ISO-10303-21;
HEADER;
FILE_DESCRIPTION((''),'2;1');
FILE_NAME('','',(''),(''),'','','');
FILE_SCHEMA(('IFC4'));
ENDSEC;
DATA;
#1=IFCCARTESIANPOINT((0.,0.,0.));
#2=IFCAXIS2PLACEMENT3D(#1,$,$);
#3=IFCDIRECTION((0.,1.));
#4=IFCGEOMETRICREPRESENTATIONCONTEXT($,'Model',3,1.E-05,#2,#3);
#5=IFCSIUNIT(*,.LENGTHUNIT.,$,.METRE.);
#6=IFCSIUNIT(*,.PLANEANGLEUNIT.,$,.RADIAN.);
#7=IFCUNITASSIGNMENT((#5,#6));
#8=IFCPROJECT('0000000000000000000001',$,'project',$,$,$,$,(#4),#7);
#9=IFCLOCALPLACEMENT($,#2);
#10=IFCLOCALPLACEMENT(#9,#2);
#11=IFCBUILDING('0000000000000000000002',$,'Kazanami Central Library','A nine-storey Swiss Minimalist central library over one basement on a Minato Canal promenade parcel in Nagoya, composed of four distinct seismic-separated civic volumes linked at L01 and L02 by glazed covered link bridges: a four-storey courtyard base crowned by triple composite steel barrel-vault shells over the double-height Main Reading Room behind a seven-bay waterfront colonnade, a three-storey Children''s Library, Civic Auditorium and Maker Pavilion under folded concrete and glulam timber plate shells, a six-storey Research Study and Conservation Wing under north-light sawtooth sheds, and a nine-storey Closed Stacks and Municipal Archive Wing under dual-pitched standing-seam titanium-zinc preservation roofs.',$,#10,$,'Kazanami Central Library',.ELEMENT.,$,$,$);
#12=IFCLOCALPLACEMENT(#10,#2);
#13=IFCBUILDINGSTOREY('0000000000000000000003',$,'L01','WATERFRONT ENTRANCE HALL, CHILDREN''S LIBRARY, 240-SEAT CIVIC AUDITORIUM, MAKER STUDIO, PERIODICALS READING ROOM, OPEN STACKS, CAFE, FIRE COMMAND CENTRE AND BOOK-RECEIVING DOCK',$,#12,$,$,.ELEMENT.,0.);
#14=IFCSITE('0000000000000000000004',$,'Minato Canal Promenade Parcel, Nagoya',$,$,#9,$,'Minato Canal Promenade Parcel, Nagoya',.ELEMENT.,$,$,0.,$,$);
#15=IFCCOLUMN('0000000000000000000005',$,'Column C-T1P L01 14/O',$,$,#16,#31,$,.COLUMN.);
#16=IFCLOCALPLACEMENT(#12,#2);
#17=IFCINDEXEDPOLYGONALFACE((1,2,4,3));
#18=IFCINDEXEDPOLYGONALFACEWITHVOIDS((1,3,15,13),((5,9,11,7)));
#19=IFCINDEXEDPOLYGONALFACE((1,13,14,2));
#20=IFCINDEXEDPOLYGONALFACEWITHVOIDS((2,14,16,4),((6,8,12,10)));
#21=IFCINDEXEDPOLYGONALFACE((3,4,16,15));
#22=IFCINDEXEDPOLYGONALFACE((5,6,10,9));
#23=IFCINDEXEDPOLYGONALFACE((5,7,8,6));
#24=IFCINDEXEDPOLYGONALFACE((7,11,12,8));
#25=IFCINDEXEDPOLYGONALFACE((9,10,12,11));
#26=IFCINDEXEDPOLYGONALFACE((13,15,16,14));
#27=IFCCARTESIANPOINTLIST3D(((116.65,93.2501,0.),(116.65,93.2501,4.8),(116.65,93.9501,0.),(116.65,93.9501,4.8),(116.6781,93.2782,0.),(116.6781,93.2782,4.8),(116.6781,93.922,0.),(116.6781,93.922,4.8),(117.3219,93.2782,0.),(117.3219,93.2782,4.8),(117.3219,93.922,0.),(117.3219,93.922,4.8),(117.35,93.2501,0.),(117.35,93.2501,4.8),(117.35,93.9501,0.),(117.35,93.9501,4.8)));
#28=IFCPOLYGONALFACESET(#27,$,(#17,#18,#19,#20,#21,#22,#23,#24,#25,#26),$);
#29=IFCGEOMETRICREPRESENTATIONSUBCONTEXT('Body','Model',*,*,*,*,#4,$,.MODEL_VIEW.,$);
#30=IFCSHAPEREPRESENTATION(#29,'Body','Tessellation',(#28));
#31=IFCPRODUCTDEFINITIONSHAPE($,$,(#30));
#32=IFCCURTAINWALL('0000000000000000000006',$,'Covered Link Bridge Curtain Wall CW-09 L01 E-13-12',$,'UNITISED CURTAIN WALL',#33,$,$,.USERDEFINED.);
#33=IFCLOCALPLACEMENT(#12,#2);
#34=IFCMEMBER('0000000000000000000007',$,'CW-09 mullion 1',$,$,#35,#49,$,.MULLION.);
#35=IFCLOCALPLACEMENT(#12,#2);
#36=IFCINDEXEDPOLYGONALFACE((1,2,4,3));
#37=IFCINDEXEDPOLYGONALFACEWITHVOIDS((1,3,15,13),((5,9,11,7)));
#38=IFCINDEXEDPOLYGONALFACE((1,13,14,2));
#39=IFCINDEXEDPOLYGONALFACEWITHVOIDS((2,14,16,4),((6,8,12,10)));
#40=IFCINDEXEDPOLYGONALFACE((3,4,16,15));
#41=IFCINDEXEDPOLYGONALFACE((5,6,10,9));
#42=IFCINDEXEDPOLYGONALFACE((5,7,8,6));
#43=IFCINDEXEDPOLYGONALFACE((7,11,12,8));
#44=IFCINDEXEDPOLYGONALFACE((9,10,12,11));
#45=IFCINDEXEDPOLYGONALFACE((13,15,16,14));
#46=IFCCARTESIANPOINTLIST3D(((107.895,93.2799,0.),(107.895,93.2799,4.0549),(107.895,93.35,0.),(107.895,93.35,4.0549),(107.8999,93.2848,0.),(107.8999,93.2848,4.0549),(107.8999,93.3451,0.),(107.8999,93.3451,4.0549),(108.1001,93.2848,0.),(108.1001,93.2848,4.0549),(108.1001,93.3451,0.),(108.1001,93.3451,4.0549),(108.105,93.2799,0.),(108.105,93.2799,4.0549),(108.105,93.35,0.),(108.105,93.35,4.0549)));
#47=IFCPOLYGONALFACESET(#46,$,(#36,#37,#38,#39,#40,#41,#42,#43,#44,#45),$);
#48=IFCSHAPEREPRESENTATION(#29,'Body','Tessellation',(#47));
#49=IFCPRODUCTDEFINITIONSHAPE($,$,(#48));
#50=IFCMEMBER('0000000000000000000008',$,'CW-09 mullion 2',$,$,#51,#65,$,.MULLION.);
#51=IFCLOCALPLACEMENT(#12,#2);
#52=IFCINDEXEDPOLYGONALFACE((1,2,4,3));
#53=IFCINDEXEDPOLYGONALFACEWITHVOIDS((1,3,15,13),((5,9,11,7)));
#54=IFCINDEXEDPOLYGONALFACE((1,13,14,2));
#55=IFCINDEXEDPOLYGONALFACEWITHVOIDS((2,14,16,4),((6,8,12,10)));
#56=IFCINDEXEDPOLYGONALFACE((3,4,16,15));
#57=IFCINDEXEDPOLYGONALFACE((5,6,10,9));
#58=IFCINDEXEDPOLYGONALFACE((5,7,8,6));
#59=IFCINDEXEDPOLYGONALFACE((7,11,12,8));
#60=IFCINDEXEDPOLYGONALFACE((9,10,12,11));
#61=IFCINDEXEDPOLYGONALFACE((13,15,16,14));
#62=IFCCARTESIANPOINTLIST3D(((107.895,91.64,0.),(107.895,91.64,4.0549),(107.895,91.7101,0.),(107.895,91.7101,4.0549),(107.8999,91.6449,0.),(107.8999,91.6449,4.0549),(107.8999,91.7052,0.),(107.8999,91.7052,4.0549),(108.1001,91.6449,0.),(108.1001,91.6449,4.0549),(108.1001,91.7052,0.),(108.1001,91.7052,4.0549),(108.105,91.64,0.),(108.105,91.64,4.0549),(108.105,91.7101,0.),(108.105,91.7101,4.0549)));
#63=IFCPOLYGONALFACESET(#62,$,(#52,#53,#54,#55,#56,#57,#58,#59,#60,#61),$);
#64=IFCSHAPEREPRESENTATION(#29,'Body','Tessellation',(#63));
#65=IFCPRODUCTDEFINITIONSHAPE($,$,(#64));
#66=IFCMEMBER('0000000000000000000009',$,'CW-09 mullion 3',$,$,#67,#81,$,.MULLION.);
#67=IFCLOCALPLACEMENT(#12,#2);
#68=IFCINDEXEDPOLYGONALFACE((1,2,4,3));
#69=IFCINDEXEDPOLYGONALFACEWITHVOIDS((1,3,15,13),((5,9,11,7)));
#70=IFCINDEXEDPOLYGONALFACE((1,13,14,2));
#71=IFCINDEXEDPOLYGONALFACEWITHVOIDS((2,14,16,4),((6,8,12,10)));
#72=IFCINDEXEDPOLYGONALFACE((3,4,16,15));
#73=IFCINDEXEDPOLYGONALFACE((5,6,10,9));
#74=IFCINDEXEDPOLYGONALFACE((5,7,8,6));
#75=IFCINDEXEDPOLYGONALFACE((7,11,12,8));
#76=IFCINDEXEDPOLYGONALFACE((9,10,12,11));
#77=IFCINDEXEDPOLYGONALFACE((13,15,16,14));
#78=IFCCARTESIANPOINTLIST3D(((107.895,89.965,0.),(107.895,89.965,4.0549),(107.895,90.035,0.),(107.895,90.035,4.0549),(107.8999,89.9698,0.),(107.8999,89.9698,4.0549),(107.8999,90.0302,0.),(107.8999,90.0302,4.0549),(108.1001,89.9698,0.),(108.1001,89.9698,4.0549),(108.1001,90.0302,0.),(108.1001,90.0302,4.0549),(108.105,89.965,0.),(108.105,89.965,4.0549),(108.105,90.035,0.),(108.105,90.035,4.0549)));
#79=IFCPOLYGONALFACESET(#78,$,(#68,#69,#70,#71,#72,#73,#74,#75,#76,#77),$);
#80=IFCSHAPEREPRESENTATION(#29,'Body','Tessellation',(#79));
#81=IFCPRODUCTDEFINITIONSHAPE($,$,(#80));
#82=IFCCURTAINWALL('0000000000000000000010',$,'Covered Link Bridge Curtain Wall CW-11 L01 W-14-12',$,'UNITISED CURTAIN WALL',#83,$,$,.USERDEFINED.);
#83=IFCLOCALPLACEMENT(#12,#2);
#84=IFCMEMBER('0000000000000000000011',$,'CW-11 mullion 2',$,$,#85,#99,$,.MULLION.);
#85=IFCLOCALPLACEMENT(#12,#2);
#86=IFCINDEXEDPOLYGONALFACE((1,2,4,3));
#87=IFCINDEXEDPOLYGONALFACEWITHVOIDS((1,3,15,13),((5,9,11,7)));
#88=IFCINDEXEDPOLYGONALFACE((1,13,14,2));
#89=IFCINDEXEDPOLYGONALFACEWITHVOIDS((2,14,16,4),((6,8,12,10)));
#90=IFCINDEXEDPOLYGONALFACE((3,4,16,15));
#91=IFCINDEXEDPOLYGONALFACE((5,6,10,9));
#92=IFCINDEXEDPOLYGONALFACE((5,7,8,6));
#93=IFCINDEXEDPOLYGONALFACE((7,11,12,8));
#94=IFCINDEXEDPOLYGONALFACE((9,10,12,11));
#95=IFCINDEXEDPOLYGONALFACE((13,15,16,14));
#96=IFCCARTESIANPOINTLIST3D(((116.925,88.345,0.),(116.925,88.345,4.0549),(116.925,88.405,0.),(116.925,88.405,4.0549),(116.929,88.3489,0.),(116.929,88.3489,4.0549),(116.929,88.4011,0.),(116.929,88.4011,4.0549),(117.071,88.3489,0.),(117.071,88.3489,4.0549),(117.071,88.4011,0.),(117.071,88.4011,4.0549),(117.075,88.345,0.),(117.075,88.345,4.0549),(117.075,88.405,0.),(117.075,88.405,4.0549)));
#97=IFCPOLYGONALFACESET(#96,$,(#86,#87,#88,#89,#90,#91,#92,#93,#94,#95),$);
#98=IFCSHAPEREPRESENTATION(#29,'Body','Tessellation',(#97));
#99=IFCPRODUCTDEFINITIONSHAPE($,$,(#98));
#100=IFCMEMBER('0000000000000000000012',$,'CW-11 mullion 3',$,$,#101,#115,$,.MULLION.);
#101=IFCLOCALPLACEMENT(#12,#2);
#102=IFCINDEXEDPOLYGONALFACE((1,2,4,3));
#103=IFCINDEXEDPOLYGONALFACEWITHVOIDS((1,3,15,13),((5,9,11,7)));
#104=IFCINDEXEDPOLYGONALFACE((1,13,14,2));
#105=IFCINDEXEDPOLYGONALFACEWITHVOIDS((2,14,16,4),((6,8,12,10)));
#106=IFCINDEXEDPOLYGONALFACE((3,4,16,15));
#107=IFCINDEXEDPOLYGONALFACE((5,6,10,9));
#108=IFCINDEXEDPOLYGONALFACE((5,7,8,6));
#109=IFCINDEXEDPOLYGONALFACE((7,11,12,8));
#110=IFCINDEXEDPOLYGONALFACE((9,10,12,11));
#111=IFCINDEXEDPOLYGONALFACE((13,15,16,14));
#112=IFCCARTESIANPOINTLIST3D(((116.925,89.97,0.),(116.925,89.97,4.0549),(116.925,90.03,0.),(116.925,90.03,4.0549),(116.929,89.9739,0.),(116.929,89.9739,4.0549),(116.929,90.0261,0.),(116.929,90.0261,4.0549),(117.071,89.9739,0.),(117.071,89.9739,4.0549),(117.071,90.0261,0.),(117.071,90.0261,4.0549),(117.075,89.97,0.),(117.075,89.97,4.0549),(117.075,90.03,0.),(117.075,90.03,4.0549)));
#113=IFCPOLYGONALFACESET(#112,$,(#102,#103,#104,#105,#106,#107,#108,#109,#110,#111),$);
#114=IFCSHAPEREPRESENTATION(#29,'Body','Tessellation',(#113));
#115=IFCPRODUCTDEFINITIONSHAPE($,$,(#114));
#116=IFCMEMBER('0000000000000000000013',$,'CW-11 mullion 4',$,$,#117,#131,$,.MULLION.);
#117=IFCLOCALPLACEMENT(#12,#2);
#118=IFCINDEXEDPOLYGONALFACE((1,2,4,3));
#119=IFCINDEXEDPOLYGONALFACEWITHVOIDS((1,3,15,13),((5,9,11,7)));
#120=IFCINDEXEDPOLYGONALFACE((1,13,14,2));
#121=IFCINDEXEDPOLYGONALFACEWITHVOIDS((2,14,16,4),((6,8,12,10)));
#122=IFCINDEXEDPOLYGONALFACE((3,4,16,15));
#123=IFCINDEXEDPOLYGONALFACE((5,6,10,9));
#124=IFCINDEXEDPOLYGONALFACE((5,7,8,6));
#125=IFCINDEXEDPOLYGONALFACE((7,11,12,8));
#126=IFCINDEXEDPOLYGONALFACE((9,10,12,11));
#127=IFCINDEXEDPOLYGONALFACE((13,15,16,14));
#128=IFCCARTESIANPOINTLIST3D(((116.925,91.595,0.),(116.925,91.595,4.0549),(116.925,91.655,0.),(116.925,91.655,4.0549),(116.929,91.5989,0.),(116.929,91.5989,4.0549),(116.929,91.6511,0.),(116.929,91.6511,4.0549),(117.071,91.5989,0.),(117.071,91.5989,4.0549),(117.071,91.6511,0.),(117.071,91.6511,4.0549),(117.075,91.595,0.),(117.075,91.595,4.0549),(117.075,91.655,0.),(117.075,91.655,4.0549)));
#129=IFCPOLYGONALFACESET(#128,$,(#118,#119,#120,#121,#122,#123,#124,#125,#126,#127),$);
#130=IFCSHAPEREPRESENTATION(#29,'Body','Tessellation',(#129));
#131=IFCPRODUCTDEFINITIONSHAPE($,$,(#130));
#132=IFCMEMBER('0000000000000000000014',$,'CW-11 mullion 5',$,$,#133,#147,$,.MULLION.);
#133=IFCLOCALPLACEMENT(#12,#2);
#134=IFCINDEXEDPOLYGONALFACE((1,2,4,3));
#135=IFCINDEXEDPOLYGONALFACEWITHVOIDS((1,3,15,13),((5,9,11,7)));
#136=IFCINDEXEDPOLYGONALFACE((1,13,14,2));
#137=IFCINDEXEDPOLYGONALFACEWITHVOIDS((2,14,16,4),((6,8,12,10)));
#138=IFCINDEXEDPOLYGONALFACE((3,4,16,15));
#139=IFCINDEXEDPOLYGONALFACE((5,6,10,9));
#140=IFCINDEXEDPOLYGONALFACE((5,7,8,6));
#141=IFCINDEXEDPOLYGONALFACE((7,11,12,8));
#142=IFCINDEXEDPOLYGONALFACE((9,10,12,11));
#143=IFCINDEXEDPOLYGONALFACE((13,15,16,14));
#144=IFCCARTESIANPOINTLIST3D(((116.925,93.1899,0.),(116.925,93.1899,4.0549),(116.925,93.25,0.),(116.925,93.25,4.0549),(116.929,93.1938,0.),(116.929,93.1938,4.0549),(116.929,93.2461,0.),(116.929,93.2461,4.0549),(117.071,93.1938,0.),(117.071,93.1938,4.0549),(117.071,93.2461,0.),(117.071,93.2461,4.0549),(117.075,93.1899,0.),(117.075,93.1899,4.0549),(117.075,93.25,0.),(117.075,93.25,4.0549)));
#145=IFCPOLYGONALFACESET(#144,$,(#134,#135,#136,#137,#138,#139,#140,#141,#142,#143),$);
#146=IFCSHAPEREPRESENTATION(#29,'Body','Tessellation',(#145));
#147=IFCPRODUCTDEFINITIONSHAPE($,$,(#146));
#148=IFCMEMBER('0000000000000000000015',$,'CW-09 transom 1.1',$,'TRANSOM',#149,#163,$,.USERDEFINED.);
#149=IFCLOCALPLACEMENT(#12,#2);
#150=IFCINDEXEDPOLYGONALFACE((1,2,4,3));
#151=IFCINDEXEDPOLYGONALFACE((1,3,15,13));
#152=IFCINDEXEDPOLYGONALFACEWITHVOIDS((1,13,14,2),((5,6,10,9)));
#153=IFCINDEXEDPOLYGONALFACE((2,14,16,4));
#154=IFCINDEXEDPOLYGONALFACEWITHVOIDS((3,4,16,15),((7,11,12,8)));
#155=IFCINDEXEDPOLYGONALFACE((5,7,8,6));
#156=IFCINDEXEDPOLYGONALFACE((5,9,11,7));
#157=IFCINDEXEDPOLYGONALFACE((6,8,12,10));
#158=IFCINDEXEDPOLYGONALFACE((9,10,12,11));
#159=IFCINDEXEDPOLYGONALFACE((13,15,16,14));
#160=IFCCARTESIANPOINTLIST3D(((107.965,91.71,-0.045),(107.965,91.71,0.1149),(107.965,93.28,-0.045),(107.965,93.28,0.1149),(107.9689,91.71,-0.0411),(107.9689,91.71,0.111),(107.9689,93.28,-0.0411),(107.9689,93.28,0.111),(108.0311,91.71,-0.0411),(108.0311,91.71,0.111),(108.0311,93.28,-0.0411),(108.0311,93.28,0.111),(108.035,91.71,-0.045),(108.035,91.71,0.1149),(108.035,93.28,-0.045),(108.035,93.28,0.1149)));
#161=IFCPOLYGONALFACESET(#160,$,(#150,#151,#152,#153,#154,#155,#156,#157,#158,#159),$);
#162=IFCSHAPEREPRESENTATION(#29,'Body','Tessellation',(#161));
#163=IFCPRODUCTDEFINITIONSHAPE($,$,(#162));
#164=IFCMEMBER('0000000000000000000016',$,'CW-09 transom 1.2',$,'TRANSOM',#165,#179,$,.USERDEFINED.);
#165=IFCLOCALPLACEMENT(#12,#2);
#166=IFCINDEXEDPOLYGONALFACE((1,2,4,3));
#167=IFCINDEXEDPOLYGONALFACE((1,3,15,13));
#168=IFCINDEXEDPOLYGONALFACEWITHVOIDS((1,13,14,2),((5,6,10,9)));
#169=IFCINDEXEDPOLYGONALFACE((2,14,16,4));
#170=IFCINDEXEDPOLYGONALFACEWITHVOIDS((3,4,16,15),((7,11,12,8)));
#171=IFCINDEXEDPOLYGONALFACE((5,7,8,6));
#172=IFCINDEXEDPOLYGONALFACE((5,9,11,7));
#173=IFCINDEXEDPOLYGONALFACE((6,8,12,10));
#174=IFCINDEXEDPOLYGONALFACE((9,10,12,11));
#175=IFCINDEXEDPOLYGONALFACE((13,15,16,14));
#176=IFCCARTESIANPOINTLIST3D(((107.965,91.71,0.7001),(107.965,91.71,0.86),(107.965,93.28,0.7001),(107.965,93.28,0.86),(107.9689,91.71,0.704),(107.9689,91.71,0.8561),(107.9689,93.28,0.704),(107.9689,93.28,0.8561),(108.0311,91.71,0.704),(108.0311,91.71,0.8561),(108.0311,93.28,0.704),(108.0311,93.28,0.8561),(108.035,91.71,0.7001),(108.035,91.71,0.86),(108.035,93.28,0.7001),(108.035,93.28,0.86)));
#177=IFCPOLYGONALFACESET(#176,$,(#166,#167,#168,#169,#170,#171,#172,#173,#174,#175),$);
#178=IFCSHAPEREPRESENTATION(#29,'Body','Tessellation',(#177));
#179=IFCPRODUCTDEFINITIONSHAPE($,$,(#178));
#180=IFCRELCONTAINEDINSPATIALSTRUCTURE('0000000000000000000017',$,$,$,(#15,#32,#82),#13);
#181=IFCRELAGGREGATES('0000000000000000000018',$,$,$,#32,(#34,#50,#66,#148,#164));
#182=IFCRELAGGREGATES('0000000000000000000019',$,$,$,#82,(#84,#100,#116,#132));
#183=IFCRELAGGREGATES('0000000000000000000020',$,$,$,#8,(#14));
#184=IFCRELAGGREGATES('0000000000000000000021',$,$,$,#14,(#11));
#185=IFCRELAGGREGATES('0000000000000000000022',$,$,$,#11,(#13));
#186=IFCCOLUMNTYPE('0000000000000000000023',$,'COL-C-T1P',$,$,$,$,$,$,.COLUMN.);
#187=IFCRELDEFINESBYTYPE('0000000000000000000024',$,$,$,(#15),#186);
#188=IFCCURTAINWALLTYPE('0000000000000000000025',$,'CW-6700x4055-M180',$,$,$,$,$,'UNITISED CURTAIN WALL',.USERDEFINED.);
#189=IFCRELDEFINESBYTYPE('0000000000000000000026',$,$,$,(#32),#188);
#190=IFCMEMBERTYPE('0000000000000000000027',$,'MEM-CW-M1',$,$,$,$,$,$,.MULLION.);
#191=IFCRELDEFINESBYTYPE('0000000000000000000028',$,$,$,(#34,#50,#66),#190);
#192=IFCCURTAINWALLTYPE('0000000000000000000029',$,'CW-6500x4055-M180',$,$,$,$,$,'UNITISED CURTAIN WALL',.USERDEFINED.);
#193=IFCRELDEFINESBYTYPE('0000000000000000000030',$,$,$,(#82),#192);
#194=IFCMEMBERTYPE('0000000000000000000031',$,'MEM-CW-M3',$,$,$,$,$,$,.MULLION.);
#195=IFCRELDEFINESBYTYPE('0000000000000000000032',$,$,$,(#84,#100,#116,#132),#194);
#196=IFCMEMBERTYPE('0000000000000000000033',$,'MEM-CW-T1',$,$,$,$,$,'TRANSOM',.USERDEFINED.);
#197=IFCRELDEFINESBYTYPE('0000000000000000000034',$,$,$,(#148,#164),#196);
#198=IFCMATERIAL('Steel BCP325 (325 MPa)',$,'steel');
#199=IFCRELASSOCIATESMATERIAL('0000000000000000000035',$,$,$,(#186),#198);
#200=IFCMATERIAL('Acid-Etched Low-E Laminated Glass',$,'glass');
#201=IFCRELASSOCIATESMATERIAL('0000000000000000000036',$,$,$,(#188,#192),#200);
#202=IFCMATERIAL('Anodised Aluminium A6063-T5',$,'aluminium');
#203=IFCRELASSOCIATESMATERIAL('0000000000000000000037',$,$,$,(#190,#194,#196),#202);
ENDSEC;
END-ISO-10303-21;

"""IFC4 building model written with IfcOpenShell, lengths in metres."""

from ifc_helpers import new_model, si_unit, direction, frame, origin, origin_2d, place, context, subcontext, project, spatial, hollow_rectangle, extrude, material, material_profile, profile_set, type_object, element, aggregate, save


model = new_model("IFC4")

# Units and contexts
model_context = context("Model", 3, precision=1e-05, world=origin(), true_north=direction((0.0, 1.0)))
body_context = subcontext(model_context, "Body", "Model", "MODEL_VIEW")
ifc_project = project(units=[si_unit("LENGTHUNIT", "METRE"), si_unit("PLANEANGLEUNIT", "RADIAN")], contexts=[model_context])

# Site, building, storey
site_placement = place(None, origin())
site = spatial("IfcSite", under=ifc_project, at=site_placement, Name="Minato Canal Promenade Parcel, Nagoya", LongName="Minato Canal Promenade Parcel, Nagoya", CompositionType="ELEMENT", RefElevation=0.0)
building_placement = place(site_placement, origin())
building = spatial("IfcBuilding", under=site, at=building_placement, Name="Kazanami Central Library", Description="A nine-storey Swiss Minimalist central library over one basement on a Minato Canal promenade parcel in Nagoya, composed of four distinct seismic-separated civic volumes linked at L01 and L02 by glazed covered link bridges: a four-storey courtyard base crowned by triple composite steel barrel-vault shells over the double-height Main Reading Room behind a seven-bay waterfront colonnade, a three-storey Children's Library, Civic Auditorium and Maker Pavilion under folded concrete and glulam timber plate shells, a six-storey Research Study and Conservation Wing under north-light sawtooth sheds, and a nine-storey Closed Stacks and Municipal Archive Wing under dual-pitched standing-seam titanium-zinc preservation roofs.", LongName="Kazanami Central Library", CompositionType="ELEMENT")
storey_placement = place(building_placement, origin())
storey = spatial("IfcBuildingStorey", under=building, at=storey_placement, Name="L01", Description="WATERFRONT ENTRANCE HALL, CHILDREN'S LIBRARY, 240-SEAT CIVIC AUDITORIUM, MAKER STUDIO, PERIODICALS READING ROOM, OPEN STACKS, CAFE, FIRE COMMAND CENTRE AND BOOK-RECEIVING DOCK", CompositionType="ELEMENT", Elevation=0.0)

# Column
ifc_material_1 = material(Name="Steel BCP325 (325 MPa)", Category="steel")
ifc_material_profile_1 = material_profile(ifc_material_1, hollow_rectangle(XDim=0.7, YDim=0.7, WallThickness=0.0281, at=origin_2d()), Name="BCP-700x700x28")
ifc_profile_set_1 = profile_set([ifc_material_profile_1], Name="Steel BCP325 (325 MPa)")
column_type = type_object("IfcColumnType", Name="COL-C-T1P", PredefinedType="COLUMN", material=ifc_profile_set_1)
column_placement = place(storey_placement, frame((117.0, 93.6001, 0.0), z_axis=(0.0, 0.0, 1.0), x_axis=(1.0, 0.0, 0.0)))
element("IfcColumn", 1, at=column_placement, inside=storey, type_object=column_type, Name="Column C-T1P L01 14/O", PredefinedType="COLUMN", context=body_context, shape_type="SweptSolid", body=[
    extrude(hollow_rectangle(XDim=0.7, YDim=0.7, WallThickness=0.0281, at=origin_2d()), origin(), (0.0, 0.0, 1.0), 4.8),
])

# Curtain walls, members
ifc_material_2 = material(Name="Acid-Etched Low-E Laminated Glass", Category="glass")
curtain_wall_type_1 = type_object("IfcCurtainWallType", Name="CW-6700x4055-M180", ElementType="UNITISED CURTAIN WALL", PredefinedType="USERDEFINED", material=ifc_material_2)
curtain_wall_1_placement = place(storey_placement, origin())
curtain_wall_1 = element("IfcCurtainWall", 2, at=curtain_wall_1_placement, inside=storey, type_object=curtain_wall_type_1, Name="Covered Link Bridge Curtain Wall CW-09 L01 E-13-12", ObjectType="UNITISED CURTAIN WALL", PredefinedType="USERDEFINED")
ifc_material_3 = material(Name="Anodised Aluminium A6063-T5", Category="aluminium")
ifc_material_profile_2 = material_profile(ifc_material_3, hollow_rectangle(XDim=0.0701, YDim=0.21, WallThickness=0.0049, at=origin_2d()), Name="ALU-MULL-70x210x5")
ifc_profile_set_2 = profile_set([ifc_material_profile_2], Name="Anodised Aluminium A6063-T5")
member_type_1 = type_object("IfcMemberType", Name="MEM-CW-M1", PredefinedType="MULLION", material=ifc_profile_set_2)
member_1_placement = place(storey_placement, frame((108.0, 93.3149, 0.0), z_axis=(0.0, 0.0, 1.0), x_axis=(0.0, -1.0, 0.0)))
member_1 = element("IfcMember", 3, at=member_1_placement, type_object=member_type_1, Name="CW-09 mullion 1", PredefinedType="MULLION", context=body_context, shape_type="SweptSolid", body=[
    extrude(hollow_rectangle(XDim=0.0701, YDim=0.21, WallThickness=0.0049, at=origin_2d()), origin(), (0.0, 0.0, 1.0), 4.0549),
])
member_2_placement = place(storey_placement, frame((108.0, 91.675, 0.0), z_axis=(0.0, 0.0, 1.0), x_axis=(0.0, -1.0, 0.0)))
member_2 = element("IfcMember", 4, at=member_2_placement, type_object=member_type_1, Name="CW-09 mullion 2", PredefinedType="MULLION", context=body_context, shape_type="SweptSolid", body=[
    extrude(hollow_rectangle(XDim=0.0701, YDim=0.21, WallThickness=0.0049, at=origin_2d()), origin(), (0.0, 0.0, 1.0), 4.0549),
])
member_3_placement = place(storey_placement, frame((108.0, 90.0, 0.0), z_axis=(0.0, 0.0, 1.0), x_axis=(0.0, -1.0, 0.0)))
member_3 = element("IfcMember", 5, at=member_3_placement, type_object=member_type_1, Name="CW-09 mullion 3", PredefinedType="MULLION", context=body_context, shape_type="SweptSolid", body=[
    extrude(hollow_rectangle(XDim=0.0701, YDim=0.21, WallThickness=0.0049, at=origin_2d()), origin(), (0.0, 0.0, 1.0), 4.0549),
])
curtain_wall_type_2 = type_object("IfcCurtainWallType", Name="CW-6500x4055-M180", ElementType="UNITISED CURTAIN WALL", PredefinedType="USERDEFINED", material=ifc_material_2)
curtain_wall_2_placement = place(storey_placement, origin())
curtain_wall_2 = element("IfcCurtainWall", 6, at=curtain_wall_2_placement, inside=storey, type_object=curtain_wall_type_2, Name="Covered Link Bridge Curtain Wall CW-11 L01 W-14-12", ObjectType="UNITISED CURTAIN WALL", PredefinedType="USERDEFINED")
ifc_material_profile_3 = material_profile(ifc_material_3, hollow_rectangle(XDim=0.0601, YDim=0.1499, WallThickness=0.0039, at=origin_2d()), Name="ALU-MULL-60x150x4")
ifc_profile_set_3 = profile_set([ifc_material_profile_3], Name="Anodised Aluminium A6063-T5")
member_type_2 = type_object("IfcMemberType", Name="MEM-CW-M3", PredefinedType="MULLION", material=ifc_profile_set_3)
member_4_placement = place(storey_placement, frame((117.0, 88.375, 0.0), z_axis=(0.0, 0.0, 1.0), x_axis=(0.0, 1.0, 0.0)))
member_4 = element("IfcMember", 7, at=member_4_placement, type_object=member_type_2, Name="CW-11 mullion 2", PredefinedType="MULLION", context=body_context, shape_type="SweptSolid", body=[
    extrude(hollow_rectangle(XDim=0.0601, YDim=0.1499, WallThickness=0.0039, at=origin_2d()), origin(), (0.0, 0.0, 1.0), 4.0549),
])
member_5_placement = place(storey_placement, frame((117.0, 90.0, 0.0), z_axis=(0.0, 0.0, 1.0), x_axis=(0.0, 1.0, 0.0)))
member_5 = element("IfcMember", 8, at=member_5_placement, type_object=member_type_2, Name="CW-11 mullion 3", PredefinedType="MULLION", context=body_context, shape_type="SweptSolid", body=[
    extrude(hollow_rectangle(XDim=0.0601, YDim=0.1499, WallThickness=0.0039, at=origin_2d()), origin(), (0.0, 0.0, 1.0), 4.0549),
])
member_6_placement = place(storey_placement, frame((117.0, 91.625, 0.0), z_axis=(0.0, 0.0, 1.0), x_axis=(0.0, 1.0, 0.0)))
member_6 = element("IfcMember", 9, at=member_6_placement, type_object=member_type_2, Name="CW-11 mullion 4", PredefinedType="MULLION", context=body_context, shape_type="SweptSolid", body=[
    extrude(hollow_rectangle(XDim=0.0601, YDim=0.1499, WallThickness=0.0039, at=origin_2d()), origin(), (0.0, 0.0, 1.0), 4.0549),
])
member_7_placement = place(storey_placement, frame((117.0, 93.22, 0.0), z_axis=(0.0, 0.0, 1.0), x_axis=(0.0, 1.0, 0.0)))
member_7 = element("IfcMember", 10, at=member_7_placement, type_object=member_type_2, Name="CW-11 mullion 5", PredefinedType="MULLION", context=body_context, shape_type="SweptSolid", body=[
    extrude(hollow_rectangle(XDim=0.0601, YDim=0.1499, WallThickness=0.0039, at=origin_2d()), origin(), (0.0, 0.0, 1.0), 4.0549),
])

# Members
ifc_material_profile_4 = material_profile(ifc_material_3, hollow_rectangle(XDim=0.0701, YDim=0.1599, WallThickness=0.0039, at=origin_2d()), Name="ALU-TRAN-70x160x4")
ifc_profile_set_4 = profile_set([ifc_material_profile_4], Name="Anodised Aluminium A6063-T5")
member_type_3 = type_object("IfcMemberType", Name="MEM-CW-T1", ElementType="TRANSOM", PredefinedType="USERDEFINED", material=ifc_profile_set_4)
member_8_placement = place(storey_placement, frame((108.0, 93.28, 0.0349), z_axis=(0.0, -1.0, 0.0), x_axis=(1.0, 0.0, 0.0)))
member_8 = element("IfcMember", 11, at=member_8_placement, type_object=member_type_3, Name="CW-09 transom 1.1", ObjectType="TRANSOM", PredefinedType="USERDEFINED", context=body_context, shape_type="SweptSolid", body=[
    extrude(hollow_rectangle(XDim=0.0701, YDim=0.1599, WallThickness=0.0039, at=origin_2d()), origin(), (0.0, 0.0, 1.0), 1.5701),
])
member_9_placement = place(storey_placement, frame((108.0, 93.28, 0.78), z_axis=(0.0, -1.0, 0.0), x_axis=(1.0, 0.0, 0.0)))
member_9 = element("IfcMember", 12, at=member_9_placement, type_object=member_type_3, Name="CW-09 transom 1.2", ObjectType="TRANSOM", PredefinedType="USERDEFINED", context=body_context, shape_type="SweptSolid", body=[
    extrude(hollow_rectangle(XDim=0.0701, YDim=0.1599, WallThickness=0.0039, at=origin_2d()), origin(), (0.0, 0.0, 1.0), 1.5701),
])

aggregate(curtain_wall_1, [member_1, member_2, member_3, member_8, member_9])
aggregate(curtain_wall_2, [member_4, member_5, member_6, member_7])

save(model, "model.ifc")
